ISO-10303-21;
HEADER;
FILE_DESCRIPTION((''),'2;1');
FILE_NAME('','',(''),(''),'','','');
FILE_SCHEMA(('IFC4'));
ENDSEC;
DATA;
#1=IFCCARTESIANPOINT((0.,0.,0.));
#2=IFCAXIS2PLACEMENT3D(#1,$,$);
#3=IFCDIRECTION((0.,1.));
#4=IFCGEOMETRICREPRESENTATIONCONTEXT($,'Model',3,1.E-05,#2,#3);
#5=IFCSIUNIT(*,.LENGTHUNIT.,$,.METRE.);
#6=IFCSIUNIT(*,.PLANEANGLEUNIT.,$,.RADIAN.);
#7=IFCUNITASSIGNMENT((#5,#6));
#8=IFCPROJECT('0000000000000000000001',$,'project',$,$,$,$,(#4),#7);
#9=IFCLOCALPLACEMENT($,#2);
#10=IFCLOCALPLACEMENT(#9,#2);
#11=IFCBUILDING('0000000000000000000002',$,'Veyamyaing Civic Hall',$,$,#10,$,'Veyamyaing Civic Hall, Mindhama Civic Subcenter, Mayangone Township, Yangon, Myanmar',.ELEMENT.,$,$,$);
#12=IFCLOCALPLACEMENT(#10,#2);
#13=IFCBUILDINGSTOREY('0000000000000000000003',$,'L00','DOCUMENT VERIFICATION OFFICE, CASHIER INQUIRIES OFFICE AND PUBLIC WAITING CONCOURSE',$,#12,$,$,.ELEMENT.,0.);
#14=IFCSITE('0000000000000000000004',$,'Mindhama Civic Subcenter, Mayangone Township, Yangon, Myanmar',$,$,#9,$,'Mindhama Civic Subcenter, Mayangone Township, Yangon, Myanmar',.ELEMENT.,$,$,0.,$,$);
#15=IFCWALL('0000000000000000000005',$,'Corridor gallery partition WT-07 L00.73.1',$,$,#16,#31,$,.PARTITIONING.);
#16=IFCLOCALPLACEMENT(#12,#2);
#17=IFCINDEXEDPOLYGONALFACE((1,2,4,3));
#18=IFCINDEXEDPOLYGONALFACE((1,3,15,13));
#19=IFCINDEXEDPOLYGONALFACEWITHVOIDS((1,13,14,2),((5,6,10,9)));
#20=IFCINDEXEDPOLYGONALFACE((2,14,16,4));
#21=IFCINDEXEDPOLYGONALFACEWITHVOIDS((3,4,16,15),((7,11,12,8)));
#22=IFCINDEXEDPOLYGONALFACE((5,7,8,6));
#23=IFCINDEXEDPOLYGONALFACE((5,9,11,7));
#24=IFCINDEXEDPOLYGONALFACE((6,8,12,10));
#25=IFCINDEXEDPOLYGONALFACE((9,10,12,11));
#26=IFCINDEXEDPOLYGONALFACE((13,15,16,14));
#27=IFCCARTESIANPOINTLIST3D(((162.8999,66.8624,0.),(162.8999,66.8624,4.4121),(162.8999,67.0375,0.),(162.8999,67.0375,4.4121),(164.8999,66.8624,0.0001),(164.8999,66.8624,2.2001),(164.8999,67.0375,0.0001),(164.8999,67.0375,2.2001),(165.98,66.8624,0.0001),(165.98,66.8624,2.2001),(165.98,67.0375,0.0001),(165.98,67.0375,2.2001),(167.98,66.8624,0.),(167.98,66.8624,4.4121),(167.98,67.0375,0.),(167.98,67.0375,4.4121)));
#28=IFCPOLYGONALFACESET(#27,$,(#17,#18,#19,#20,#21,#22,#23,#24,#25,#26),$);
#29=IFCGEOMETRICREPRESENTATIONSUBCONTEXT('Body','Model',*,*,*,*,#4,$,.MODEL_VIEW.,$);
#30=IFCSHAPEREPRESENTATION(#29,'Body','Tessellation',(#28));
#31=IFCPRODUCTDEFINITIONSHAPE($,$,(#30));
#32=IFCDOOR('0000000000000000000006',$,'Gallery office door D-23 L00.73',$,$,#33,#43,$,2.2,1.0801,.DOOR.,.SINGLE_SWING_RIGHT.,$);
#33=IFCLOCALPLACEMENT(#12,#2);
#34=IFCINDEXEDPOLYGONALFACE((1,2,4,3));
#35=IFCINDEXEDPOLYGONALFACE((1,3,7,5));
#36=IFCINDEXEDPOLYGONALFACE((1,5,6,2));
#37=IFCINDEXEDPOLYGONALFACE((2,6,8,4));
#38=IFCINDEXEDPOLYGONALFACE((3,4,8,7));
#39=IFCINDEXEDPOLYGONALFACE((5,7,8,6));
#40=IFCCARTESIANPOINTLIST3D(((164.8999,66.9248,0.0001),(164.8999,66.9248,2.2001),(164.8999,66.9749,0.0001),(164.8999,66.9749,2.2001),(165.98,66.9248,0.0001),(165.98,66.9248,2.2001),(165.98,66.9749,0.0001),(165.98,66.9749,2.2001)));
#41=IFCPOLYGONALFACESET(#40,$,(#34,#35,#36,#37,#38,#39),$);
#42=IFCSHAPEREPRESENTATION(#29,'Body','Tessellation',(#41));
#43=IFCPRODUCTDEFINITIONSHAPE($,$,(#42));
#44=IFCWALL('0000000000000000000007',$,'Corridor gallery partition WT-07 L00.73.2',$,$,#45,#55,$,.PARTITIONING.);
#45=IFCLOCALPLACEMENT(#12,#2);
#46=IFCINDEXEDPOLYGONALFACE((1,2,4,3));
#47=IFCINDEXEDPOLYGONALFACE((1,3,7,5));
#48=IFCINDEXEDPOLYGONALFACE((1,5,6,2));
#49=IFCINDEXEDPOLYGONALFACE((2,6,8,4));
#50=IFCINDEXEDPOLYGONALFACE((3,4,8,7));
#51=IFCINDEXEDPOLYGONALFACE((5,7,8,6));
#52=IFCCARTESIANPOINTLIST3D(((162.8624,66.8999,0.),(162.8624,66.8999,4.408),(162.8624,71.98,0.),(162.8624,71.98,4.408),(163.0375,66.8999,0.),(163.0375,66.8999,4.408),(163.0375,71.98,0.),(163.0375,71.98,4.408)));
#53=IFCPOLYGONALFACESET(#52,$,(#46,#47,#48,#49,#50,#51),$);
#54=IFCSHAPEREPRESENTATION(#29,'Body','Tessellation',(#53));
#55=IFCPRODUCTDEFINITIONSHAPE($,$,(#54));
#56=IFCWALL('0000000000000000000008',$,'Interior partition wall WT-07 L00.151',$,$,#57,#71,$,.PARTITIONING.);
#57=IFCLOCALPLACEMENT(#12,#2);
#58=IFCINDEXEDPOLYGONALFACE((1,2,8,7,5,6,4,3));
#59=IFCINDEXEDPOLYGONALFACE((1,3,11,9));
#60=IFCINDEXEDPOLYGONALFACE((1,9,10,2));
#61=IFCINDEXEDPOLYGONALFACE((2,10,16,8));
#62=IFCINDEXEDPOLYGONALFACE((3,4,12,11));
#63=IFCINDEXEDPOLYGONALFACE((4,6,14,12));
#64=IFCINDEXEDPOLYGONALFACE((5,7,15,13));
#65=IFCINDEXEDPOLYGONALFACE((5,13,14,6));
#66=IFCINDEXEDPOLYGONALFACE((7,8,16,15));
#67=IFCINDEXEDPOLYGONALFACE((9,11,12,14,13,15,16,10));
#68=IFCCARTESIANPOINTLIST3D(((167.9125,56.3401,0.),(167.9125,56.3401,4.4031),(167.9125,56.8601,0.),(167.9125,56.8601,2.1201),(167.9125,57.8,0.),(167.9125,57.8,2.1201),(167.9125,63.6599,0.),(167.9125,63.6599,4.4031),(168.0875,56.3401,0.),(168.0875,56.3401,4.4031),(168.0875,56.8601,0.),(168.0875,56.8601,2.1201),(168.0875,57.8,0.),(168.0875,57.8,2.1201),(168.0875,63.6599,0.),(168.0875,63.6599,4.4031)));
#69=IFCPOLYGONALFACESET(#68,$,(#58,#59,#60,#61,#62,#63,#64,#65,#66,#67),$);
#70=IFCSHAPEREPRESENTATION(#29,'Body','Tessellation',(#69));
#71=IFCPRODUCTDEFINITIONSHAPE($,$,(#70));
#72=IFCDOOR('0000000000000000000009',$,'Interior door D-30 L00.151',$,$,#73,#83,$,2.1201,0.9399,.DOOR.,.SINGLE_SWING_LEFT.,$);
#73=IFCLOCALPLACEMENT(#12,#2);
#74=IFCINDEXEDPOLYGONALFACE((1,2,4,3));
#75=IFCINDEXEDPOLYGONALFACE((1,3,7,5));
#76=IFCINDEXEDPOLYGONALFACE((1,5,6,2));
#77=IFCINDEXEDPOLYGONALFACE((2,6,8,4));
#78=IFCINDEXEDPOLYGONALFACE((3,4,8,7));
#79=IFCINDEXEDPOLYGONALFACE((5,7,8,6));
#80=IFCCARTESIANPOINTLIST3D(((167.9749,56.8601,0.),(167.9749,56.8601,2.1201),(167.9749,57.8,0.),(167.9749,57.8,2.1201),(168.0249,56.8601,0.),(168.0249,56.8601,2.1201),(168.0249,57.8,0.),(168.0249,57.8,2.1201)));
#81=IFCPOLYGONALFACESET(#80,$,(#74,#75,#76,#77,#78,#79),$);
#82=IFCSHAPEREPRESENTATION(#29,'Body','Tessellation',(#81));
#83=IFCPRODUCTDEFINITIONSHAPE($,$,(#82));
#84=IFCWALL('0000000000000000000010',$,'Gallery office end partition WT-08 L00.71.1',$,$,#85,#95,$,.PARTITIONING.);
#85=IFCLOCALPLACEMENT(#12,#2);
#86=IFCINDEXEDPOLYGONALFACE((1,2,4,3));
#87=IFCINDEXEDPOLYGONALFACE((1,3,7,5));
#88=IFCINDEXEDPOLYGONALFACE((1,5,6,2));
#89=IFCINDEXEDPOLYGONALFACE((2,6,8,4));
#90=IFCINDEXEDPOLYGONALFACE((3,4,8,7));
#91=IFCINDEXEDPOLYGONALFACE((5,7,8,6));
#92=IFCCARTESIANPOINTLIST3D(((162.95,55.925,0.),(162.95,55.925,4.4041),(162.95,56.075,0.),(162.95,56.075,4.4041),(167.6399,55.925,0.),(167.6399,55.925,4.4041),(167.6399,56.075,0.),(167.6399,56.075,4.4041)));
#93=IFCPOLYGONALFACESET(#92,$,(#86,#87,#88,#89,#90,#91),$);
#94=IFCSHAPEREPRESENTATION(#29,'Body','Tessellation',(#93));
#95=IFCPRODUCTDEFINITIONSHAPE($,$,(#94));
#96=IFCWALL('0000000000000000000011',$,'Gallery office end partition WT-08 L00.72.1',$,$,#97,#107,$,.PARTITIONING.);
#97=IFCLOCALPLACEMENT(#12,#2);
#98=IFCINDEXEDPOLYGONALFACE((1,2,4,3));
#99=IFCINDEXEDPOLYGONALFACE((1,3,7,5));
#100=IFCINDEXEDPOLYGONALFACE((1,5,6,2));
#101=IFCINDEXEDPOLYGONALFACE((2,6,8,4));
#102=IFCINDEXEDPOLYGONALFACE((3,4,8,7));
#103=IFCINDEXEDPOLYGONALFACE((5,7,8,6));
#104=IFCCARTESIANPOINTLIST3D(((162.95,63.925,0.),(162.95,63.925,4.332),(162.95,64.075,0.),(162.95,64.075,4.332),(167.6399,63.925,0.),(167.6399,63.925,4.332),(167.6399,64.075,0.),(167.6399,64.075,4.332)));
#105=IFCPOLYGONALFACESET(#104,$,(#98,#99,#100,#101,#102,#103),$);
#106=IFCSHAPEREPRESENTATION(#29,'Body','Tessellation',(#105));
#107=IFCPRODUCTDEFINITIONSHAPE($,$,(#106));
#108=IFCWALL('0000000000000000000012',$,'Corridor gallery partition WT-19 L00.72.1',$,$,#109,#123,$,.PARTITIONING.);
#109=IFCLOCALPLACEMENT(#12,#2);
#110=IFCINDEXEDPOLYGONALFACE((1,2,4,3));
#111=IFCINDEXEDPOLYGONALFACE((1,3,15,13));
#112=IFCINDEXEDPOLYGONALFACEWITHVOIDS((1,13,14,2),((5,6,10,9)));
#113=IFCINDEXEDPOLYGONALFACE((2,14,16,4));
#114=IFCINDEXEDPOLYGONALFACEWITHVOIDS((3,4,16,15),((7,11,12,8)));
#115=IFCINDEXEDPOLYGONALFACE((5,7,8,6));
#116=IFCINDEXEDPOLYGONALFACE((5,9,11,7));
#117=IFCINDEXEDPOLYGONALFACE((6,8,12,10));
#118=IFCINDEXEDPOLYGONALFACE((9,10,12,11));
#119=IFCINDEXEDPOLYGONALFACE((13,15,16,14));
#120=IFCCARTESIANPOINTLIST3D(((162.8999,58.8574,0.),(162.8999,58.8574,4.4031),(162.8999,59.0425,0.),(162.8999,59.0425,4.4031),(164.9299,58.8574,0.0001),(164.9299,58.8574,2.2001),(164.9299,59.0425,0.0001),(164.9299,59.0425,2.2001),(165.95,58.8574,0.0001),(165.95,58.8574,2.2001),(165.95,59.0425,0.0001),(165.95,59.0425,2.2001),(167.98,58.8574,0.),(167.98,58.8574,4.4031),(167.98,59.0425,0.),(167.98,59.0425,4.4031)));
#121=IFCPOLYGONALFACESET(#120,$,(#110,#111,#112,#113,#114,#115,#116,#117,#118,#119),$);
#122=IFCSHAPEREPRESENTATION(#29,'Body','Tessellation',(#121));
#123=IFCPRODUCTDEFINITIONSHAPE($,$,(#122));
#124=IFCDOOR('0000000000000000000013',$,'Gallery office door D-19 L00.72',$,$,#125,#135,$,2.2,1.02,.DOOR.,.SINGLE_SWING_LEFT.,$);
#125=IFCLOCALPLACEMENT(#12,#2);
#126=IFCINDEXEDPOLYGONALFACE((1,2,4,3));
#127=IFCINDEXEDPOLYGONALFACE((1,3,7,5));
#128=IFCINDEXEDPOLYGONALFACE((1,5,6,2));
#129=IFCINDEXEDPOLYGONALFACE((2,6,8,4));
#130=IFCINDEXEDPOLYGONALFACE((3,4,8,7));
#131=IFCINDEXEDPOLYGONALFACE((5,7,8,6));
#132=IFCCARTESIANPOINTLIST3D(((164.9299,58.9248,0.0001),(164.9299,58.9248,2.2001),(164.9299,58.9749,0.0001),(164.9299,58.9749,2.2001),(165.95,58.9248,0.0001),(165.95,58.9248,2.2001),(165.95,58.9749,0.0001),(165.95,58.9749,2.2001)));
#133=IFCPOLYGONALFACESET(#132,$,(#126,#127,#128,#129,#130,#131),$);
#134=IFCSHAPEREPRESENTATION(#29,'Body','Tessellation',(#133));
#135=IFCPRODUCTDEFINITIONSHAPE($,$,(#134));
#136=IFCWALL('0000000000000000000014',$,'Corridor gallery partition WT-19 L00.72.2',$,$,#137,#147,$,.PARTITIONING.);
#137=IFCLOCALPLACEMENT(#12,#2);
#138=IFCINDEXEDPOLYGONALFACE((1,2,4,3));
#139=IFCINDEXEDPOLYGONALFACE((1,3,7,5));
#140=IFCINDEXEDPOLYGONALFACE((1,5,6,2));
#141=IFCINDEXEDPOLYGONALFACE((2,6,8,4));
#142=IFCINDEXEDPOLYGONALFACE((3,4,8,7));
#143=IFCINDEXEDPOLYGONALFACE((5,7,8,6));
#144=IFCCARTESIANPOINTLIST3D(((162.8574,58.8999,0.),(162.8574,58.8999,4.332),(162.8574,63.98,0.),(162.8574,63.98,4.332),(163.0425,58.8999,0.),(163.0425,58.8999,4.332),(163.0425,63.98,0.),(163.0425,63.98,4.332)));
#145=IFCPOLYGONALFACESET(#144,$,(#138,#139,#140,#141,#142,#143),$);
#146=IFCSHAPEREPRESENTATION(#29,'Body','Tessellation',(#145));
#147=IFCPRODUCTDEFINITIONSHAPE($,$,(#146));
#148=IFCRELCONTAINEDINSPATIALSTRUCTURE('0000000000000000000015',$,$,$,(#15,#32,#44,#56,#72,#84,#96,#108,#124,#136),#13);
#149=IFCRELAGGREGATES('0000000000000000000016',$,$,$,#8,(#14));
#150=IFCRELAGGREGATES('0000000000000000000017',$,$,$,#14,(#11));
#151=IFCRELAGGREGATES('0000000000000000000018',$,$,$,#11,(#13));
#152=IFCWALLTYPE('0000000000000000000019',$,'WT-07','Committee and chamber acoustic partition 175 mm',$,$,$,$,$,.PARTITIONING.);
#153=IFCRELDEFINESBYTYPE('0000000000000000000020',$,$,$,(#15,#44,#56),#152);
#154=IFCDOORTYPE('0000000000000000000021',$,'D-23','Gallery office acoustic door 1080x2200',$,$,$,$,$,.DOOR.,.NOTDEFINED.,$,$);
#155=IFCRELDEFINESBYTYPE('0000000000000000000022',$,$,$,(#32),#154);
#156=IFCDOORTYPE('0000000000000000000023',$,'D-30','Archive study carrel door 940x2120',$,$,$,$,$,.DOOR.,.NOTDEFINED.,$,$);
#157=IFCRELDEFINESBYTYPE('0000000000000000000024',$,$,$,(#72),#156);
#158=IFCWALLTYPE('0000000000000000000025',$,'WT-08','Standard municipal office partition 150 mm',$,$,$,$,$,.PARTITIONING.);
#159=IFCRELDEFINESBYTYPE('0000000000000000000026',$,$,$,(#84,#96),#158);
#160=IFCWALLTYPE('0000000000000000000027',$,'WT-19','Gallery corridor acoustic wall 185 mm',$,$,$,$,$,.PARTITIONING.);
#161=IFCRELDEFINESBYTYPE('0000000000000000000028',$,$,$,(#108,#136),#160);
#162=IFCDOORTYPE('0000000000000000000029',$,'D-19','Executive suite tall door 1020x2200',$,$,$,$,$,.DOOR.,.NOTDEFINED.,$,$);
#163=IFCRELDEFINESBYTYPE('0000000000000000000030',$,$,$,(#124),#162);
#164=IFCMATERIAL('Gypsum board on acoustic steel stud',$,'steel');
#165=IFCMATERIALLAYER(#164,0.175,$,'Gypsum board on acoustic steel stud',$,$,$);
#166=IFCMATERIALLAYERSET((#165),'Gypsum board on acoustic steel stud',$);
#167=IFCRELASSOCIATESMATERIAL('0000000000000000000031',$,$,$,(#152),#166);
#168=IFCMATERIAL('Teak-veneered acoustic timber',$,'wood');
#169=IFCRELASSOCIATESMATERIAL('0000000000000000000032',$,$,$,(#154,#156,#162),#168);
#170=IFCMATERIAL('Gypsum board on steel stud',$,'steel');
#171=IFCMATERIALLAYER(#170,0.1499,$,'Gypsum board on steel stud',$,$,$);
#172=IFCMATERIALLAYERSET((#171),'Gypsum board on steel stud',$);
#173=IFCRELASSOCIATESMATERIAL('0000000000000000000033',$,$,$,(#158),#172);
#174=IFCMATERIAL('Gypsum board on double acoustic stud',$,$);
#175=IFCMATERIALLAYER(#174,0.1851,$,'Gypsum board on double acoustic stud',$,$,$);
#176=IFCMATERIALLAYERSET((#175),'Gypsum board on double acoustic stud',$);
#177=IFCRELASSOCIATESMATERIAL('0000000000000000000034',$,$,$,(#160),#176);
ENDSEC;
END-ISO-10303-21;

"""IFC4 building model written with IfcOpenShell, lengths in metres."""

from ifc_helpers import new_model, si_unit, direction, frame, frame_2d, origin, place, context, subcontext, project, spatial, rectangle, extrude, material, layer, layer_set, type_object, element, fill, save


model = new_model("IFC4")

# Units and contexts
model_context = context("Model", 3, precision=1e-05, world=origin(), true_north=direction((0.0, 1.0)))
body_context = subcontext(model_context, "Body", "Model", "MODEL_VIEW")
ifc_project = project(units=[si_unit("LENGTHUNIT", "METRE"), si_unit("PLANEANGLEUNIT", "RADIAN")], contexts=[model_context])

# Site, building, storey
site_placement = place(None, origin())
site = spatial("IfcSite", under=ifc_project, at=site_placement, Name="Mindhama Civic Subcenter, Mayangone Township, Yangon, Myanmar", LongName="Mindhama Civic Subcenter, Mayangone Township, Yangon, Myanmar", CompositionType="ELEMENT", RefElevation=0.0)
building_placement = place(site_placement, origin())
building = spatial("IfcBuilding", under=site, at=building_placement, Name="Veyamyaing Civic Hall", LongName="Veyamyaing Civic Hall, Mindhama Civic Subcenter, Mayangone Township, Yangon, Myanmar", CompositionType="ELEMENT")
storey_placement = place(building_placement, origin())
storey = spatial("IfcBuildingStorey", under=building, at=storey_placement, Name="L00", Description="DOCUMENT VERIFICATION OFFICE, CASHIER INQUIRIES OFFICE AND PUBLIC WAITING CONCOURSE", CompositionType="ELEMENT", Elevation=0.0)

# Wall, opening, door
ifc_material_1 = material(Name="Gypsum board on acoustic steel stud", Category="steel")
ifc_layer_1 = layer(ifc_material_1, 0.175, Name="Gypsum board on acoustic steel stud")
ifc_layer_set_1 = layer_set([ifc_layer_1], Name="Gypsum board on acoustic steel stud")
wall_type_1 = type_object("IfcWallType", Name="WT-07", Description="Committee and chamber acoustic partition 175 mm", PredefinedType="PARTITIONING", material=ifc_layer_set_1)
wall_1_placement = place(storey_placement, frame((162.8999, 66.95, 0.0), z_axis=(0.0, 0.0, 1.0), x_axis=(1.0, 0.0, 0.0)))
wall_1 = element("IfcWall", 1, at=wall_1_placement, inside=storey, type_object=wall_type_1, Name="Corridor gallery partition WT-07 L00.73.1", PredefinedType="PARTITIONING", context=body_context, shape_type="SweptSolid", body=[
    extrude(rectangle(XDim=5.0801, YDim=0.175, at=frame_2d((2.54, 0.0))), origin(), (0.0, 0.0, 1.0), 4.4121),
])
opening_1_placement = place(wall_1_placement, frame((2.0, 0.0, 0.0)))
opening_1 = element("IfcOpeningElement", 2, at=opening_1_placement, cuts=wall_1, PredefinedType="OPENING", context=body_context, shape_type="SweptSolid", body=[
    extrude(rectangle(XDim=1.0801, YDim=2.2, at=frame_2d((0.54, 1.1001))), frame((0.0, 0.0974, 0.0), z_axis=(0.0, -1.0, 0.0), x_axis=(1.0, 0.0, 0.0)), (0.0, 0.0, 1.0), 0.1951),
])
ifc_material_2 = material(Name="Teak-veneered acoustic timber", Category="wood")
door_type_1 = type_object("IfcDoorType", Name="D-23", Description="Gallery office acoustic door 1080x2200", OperationType="NOTDEFINED", PredefinedType="DOOR", material=ifc_material_2)
door_1_placement = place(opening_1_placement, origin())
door_1 = element("IfcDoor", 3, at=door_1_placement, inside=storey, type_object=door_type_1, Name="Gallery office door D-23 L00.73", OperationType="SINGLE_SWING_RIGHT", OverallHeight=2.2, OverallWidth=1.0801, PredefinedType="DOOR", context=body_context, shape_type="SweptSolid", body=[
    extrude(rectangle(XDim=1.0801, YDim=2.2, at=frame_2d((0.54, 1.1001))), frame((0.0, 0.0249, 0.0), z_axis=(0.0, -1.0, 0.0), x_axis=(1.0, 0.0, 0.0)), (0.0, 0.0, 1.0), 0.05),
])
fill(opening_1, door_1)

# Wall
wall_2_placement = place(storey_placement, frame((162.95, 66.8999, 0.0), z_axis=(0.0, 0.0, 1.0), x_axis=(0.0, 1.0, 0.0)))
element("IfcWall", 4, at=wall_2_placement, inside=storey, type_object=wall_type_1, Name="Corridor gallery partition WT-07 L00.73.2", PredefinedType="PARTITIONING", context=body_context, shape_type="SweptSolid", body=[
    extrude(rectangle(XDim=5.0801, YDim=0.175, at=frame_2d((2.54, 0.0))), origin(), (0.0, 0.0, 1.0), 4.408),
])

# Wall, opening, door
wall_3_placement = place(storey_placement, frame((168.0, 56.3401, 0.0), z_axis=(0.0, 0.0, 1.0), x_axis=(0.0, 1.0, 0.0)))
wall_3 = element("IfcWall", 5, at=wall_3_placement, inside=storey, type_object=wall_type_1, Name="Interior partition wall WT-07 L00.151", PredefinedType="PARTITIONING", context=body_context, shape_type="SweptSolid", body=[
    extrude(rectangle(XDim=7.3198, YDim=0.175, at=frame_2d((3.6599, 0.0))), origin(), (0.0, 0.0, 1.0), 4.4031),
])
opening_2_placement = place(wall_3_placement, frame((0.52, 0.0, 0.0)))
opening_2 = element("IfcOpeningElement", 6, at=opening_2_placement, cuts=wall_3, PredefinedType="OPENING", context=body_context, shape_type="SweptSolid", body=[
    extrude(rectangle(XDim=0.9399, YDim=2.1201, at=frame_2d((0.47, 1.0601))), frame((0.0, 0.0974, 0.0), z_axis=(0.0, -1.0, 0.0), x_axis=(1.0, 0.0, 0.0)), (0.0, 0.0, 1.0), 0.1951),
])
door_type_2 = type_object("IfcDoorType", Name="D-30", Description="Archive study carrel door 940x2120", OperationType="NOTDEFINED", PredefinedType="DOOR", material=ifc_material_2)
door_2_placement = place(opening_2_placement, frame((0.9399, 0.0, 0.0), z_axis=(0.0, 0.0, 1.0), x_axis=(-1.0, 0.0, 0.0)))
door_2 = element("IfcDoor", 7, at=door_2_placement, inside=storey, type_object=door_type_2, Name="Interior door D-30 L00.151", OperationType="SINGLE_SWING_LEFT", OverallHeight=2.1201, OverallWidth=0.9399, PredefinedType="DOOR", context=body_context, shape_type="SweptSolid", body=[
    extrude(rectangle(XDim=0.9399, YDim=2.1201, at=frame_2d((0.47, 1.0601))), frame((0.0, 0.0249, 0.0), z_axis=(0.0, -1.0, 0.0), x_axis=(1.0, 0.0, 0.0)), (0.0, 0.0, 1.0), 0.05),
])
fill(opening_2, door_2)

# Walls
ifc_material_3 = material(Name="Gypsum board on steel stud", Category="steel")
ifc_layer_2 = layer(ifc_material_3, 0.1499, Name="Gypsum board on steel stud")
ifc_layer_set_2 = layer_set([ifc_layer_2], Name="Gypsum board on steel stud")
wall_type_2 = type_object("IfcWallType", Name="WT-08", Description="Standard municipal office partition 150 mm", PredefinedType="PARTITIONING", material=ifc_layer_set_2)
wall_4_placement = place(storey_placement, frame((162.95, 56.0, 0.0), z_axis=(0.0, 0.0, 1.0), x_axis=(1.0, 0.0, 0.0)))
element("IfcWall", 8, at=wall_4_placement, inside=storey, type_object=wall_type_2, Name="Gallery office end partition WT-08 L00.71.1", PredefinedType="PARTITIONING", context=body_context, shape_type="SweptSolid", body=[
    extrude(rectangle(XDim=4.6899, YDim=0.1499, at=frame_2d((2.345, 0.0))), origin(), (0.0, 0.0, 1.0), 4.4041),
])
wall_5_placement = place(storey_placement, frame((162.95, 64.0, 0.0), z_axis=(0.0, 0.0, 1.0), x_axis=(1.0, 0.0, 0.0)))
element("IfcWall", 9, at=wall_5_placement, inside=storey, type_object=wall_type_2, Name="Gallery office end partition WT-08 L00.72.1", PredefinedType="PARTITIONING", context=body_context, shape_type="SweptSolid", body=[
    extrude(rectangle(XDim=4.6899, YDim=0.1499, at=frame_2d((2.345, 0.0))), origin(), (0.0, 0.0, 1.0), 4.332),
])

# Wall, opening, door
ifc_material_4 = material(Name="Gypsum board on double acoustic stud")
ifc_layer_3 = layer(ifc_material_4, 0.1851, Name="Gypsum board on double acoustic stud")
ifc_layer_set_3 = layer_set([ifc_layer_3], Name="Gypsum board on double acoustic stud")
wall_type_3 = type_object("IfcWallType", Name="WT-19", Description="Gallery corridor acoustic wall 185 mm", PredefinedType="PARTITIONING", material=ifc_layer_set_3)
wall_6_placement = place(storey_placement, frame((162.8999, 58.95, 0.0), z_axis=(0.0, 0.0, 1.0), x_axis=(1.0, 0.0, 0.0)))
wall_6 = element("IfcWall", 10, at=wall_6_placement, inside=storey, type_object=wall_type_3, Name="Corridor gallery partition WT-19 L00.72.1", PredefinedType="PARTITIONING", context=body_context, shape_type="SweptSolid", body=[
    extrude(rectangle(XDim=5.0801, YDim=0.1851, at=frame_2d((2.54, 0.0))), origin(), (0.0, 0.0, 1.0), 4.4031),
])
opening_3_placement = place(wall_6_placement, frame((2.03, 0.0, 0.0)))
opening_3 = element("IfcOpeningElement", 11, at=opening_3_placement, cuts=wall_6, PredefinedType="OPENING", context=body_context, shape_type="SweptSolid", body=[
    extrude(rectangle(XDim=1.02, YDim=2.2, at=frame_2d((0.51, 1.1001))), frame((0.0, 0.1025, 0.0), z_axis=(0.0, -1.0, 0.0), x_axis=(1.0, 0.0, 0.0)), (0.0, 0.0, 1.0), 0.2051),
])
door_type_3 = type_object("IfcDoorType", Name="D-19", Description="Executive suite tall door 1020x2200", OperationType="NOTDEFINED", PredefinedType="DOOR", material=ifc_material_2)
door_3_placement = place(opening_3_placement, origin())
door_3 = element("IfcDoor", 12, at=door_3_placement, inside=storey, type_object=door_type_3, Name="Gallery office door D-19 L00.72", OperationType="SINGLE_SWING_LEFT", OverallHeight=2.2, OverallWidth=1.02, PredefinedType="DOOR", context=body_context, shape_type="SweptSolid", body=[
    extrude(rectangle(XDim=1.02, YDim=2.2, at=frame_2d((0.51, 1.1001))), frame((0.0, 0.0249, 0.0), z_axis=(0.0, -1.0, 0.0), x_axis=(1.0, 0.0, 0.0)), (0.0, 0.0, 1.0), 0.05),
])
fill(opening_3, door_3)

# Wall
wall_7_placement = place(storey_placement, frame((162.95, 58.8999, 0.0), z_axis=(0.0, 0.0, 1.0), x_axis=(0.0, 1.0, 0.0)))
element("IfcWall", 13, at=wall_7_placement, inside=storey, type_object=wall_type_3, Name="Corridor gallery partition WT-19 L00.72.2", PredefinedType="PARTITIONING", context=body_context, shape_type="SweptSolid", body=[
    extrude(rectangle(XDim=5.0801, YDim=0.1851, at=frame_2d((2.54, 0.0))), origin(), (0.0, 0.0, 1.0), 4.332),
])

save(model, "model.ifc")
